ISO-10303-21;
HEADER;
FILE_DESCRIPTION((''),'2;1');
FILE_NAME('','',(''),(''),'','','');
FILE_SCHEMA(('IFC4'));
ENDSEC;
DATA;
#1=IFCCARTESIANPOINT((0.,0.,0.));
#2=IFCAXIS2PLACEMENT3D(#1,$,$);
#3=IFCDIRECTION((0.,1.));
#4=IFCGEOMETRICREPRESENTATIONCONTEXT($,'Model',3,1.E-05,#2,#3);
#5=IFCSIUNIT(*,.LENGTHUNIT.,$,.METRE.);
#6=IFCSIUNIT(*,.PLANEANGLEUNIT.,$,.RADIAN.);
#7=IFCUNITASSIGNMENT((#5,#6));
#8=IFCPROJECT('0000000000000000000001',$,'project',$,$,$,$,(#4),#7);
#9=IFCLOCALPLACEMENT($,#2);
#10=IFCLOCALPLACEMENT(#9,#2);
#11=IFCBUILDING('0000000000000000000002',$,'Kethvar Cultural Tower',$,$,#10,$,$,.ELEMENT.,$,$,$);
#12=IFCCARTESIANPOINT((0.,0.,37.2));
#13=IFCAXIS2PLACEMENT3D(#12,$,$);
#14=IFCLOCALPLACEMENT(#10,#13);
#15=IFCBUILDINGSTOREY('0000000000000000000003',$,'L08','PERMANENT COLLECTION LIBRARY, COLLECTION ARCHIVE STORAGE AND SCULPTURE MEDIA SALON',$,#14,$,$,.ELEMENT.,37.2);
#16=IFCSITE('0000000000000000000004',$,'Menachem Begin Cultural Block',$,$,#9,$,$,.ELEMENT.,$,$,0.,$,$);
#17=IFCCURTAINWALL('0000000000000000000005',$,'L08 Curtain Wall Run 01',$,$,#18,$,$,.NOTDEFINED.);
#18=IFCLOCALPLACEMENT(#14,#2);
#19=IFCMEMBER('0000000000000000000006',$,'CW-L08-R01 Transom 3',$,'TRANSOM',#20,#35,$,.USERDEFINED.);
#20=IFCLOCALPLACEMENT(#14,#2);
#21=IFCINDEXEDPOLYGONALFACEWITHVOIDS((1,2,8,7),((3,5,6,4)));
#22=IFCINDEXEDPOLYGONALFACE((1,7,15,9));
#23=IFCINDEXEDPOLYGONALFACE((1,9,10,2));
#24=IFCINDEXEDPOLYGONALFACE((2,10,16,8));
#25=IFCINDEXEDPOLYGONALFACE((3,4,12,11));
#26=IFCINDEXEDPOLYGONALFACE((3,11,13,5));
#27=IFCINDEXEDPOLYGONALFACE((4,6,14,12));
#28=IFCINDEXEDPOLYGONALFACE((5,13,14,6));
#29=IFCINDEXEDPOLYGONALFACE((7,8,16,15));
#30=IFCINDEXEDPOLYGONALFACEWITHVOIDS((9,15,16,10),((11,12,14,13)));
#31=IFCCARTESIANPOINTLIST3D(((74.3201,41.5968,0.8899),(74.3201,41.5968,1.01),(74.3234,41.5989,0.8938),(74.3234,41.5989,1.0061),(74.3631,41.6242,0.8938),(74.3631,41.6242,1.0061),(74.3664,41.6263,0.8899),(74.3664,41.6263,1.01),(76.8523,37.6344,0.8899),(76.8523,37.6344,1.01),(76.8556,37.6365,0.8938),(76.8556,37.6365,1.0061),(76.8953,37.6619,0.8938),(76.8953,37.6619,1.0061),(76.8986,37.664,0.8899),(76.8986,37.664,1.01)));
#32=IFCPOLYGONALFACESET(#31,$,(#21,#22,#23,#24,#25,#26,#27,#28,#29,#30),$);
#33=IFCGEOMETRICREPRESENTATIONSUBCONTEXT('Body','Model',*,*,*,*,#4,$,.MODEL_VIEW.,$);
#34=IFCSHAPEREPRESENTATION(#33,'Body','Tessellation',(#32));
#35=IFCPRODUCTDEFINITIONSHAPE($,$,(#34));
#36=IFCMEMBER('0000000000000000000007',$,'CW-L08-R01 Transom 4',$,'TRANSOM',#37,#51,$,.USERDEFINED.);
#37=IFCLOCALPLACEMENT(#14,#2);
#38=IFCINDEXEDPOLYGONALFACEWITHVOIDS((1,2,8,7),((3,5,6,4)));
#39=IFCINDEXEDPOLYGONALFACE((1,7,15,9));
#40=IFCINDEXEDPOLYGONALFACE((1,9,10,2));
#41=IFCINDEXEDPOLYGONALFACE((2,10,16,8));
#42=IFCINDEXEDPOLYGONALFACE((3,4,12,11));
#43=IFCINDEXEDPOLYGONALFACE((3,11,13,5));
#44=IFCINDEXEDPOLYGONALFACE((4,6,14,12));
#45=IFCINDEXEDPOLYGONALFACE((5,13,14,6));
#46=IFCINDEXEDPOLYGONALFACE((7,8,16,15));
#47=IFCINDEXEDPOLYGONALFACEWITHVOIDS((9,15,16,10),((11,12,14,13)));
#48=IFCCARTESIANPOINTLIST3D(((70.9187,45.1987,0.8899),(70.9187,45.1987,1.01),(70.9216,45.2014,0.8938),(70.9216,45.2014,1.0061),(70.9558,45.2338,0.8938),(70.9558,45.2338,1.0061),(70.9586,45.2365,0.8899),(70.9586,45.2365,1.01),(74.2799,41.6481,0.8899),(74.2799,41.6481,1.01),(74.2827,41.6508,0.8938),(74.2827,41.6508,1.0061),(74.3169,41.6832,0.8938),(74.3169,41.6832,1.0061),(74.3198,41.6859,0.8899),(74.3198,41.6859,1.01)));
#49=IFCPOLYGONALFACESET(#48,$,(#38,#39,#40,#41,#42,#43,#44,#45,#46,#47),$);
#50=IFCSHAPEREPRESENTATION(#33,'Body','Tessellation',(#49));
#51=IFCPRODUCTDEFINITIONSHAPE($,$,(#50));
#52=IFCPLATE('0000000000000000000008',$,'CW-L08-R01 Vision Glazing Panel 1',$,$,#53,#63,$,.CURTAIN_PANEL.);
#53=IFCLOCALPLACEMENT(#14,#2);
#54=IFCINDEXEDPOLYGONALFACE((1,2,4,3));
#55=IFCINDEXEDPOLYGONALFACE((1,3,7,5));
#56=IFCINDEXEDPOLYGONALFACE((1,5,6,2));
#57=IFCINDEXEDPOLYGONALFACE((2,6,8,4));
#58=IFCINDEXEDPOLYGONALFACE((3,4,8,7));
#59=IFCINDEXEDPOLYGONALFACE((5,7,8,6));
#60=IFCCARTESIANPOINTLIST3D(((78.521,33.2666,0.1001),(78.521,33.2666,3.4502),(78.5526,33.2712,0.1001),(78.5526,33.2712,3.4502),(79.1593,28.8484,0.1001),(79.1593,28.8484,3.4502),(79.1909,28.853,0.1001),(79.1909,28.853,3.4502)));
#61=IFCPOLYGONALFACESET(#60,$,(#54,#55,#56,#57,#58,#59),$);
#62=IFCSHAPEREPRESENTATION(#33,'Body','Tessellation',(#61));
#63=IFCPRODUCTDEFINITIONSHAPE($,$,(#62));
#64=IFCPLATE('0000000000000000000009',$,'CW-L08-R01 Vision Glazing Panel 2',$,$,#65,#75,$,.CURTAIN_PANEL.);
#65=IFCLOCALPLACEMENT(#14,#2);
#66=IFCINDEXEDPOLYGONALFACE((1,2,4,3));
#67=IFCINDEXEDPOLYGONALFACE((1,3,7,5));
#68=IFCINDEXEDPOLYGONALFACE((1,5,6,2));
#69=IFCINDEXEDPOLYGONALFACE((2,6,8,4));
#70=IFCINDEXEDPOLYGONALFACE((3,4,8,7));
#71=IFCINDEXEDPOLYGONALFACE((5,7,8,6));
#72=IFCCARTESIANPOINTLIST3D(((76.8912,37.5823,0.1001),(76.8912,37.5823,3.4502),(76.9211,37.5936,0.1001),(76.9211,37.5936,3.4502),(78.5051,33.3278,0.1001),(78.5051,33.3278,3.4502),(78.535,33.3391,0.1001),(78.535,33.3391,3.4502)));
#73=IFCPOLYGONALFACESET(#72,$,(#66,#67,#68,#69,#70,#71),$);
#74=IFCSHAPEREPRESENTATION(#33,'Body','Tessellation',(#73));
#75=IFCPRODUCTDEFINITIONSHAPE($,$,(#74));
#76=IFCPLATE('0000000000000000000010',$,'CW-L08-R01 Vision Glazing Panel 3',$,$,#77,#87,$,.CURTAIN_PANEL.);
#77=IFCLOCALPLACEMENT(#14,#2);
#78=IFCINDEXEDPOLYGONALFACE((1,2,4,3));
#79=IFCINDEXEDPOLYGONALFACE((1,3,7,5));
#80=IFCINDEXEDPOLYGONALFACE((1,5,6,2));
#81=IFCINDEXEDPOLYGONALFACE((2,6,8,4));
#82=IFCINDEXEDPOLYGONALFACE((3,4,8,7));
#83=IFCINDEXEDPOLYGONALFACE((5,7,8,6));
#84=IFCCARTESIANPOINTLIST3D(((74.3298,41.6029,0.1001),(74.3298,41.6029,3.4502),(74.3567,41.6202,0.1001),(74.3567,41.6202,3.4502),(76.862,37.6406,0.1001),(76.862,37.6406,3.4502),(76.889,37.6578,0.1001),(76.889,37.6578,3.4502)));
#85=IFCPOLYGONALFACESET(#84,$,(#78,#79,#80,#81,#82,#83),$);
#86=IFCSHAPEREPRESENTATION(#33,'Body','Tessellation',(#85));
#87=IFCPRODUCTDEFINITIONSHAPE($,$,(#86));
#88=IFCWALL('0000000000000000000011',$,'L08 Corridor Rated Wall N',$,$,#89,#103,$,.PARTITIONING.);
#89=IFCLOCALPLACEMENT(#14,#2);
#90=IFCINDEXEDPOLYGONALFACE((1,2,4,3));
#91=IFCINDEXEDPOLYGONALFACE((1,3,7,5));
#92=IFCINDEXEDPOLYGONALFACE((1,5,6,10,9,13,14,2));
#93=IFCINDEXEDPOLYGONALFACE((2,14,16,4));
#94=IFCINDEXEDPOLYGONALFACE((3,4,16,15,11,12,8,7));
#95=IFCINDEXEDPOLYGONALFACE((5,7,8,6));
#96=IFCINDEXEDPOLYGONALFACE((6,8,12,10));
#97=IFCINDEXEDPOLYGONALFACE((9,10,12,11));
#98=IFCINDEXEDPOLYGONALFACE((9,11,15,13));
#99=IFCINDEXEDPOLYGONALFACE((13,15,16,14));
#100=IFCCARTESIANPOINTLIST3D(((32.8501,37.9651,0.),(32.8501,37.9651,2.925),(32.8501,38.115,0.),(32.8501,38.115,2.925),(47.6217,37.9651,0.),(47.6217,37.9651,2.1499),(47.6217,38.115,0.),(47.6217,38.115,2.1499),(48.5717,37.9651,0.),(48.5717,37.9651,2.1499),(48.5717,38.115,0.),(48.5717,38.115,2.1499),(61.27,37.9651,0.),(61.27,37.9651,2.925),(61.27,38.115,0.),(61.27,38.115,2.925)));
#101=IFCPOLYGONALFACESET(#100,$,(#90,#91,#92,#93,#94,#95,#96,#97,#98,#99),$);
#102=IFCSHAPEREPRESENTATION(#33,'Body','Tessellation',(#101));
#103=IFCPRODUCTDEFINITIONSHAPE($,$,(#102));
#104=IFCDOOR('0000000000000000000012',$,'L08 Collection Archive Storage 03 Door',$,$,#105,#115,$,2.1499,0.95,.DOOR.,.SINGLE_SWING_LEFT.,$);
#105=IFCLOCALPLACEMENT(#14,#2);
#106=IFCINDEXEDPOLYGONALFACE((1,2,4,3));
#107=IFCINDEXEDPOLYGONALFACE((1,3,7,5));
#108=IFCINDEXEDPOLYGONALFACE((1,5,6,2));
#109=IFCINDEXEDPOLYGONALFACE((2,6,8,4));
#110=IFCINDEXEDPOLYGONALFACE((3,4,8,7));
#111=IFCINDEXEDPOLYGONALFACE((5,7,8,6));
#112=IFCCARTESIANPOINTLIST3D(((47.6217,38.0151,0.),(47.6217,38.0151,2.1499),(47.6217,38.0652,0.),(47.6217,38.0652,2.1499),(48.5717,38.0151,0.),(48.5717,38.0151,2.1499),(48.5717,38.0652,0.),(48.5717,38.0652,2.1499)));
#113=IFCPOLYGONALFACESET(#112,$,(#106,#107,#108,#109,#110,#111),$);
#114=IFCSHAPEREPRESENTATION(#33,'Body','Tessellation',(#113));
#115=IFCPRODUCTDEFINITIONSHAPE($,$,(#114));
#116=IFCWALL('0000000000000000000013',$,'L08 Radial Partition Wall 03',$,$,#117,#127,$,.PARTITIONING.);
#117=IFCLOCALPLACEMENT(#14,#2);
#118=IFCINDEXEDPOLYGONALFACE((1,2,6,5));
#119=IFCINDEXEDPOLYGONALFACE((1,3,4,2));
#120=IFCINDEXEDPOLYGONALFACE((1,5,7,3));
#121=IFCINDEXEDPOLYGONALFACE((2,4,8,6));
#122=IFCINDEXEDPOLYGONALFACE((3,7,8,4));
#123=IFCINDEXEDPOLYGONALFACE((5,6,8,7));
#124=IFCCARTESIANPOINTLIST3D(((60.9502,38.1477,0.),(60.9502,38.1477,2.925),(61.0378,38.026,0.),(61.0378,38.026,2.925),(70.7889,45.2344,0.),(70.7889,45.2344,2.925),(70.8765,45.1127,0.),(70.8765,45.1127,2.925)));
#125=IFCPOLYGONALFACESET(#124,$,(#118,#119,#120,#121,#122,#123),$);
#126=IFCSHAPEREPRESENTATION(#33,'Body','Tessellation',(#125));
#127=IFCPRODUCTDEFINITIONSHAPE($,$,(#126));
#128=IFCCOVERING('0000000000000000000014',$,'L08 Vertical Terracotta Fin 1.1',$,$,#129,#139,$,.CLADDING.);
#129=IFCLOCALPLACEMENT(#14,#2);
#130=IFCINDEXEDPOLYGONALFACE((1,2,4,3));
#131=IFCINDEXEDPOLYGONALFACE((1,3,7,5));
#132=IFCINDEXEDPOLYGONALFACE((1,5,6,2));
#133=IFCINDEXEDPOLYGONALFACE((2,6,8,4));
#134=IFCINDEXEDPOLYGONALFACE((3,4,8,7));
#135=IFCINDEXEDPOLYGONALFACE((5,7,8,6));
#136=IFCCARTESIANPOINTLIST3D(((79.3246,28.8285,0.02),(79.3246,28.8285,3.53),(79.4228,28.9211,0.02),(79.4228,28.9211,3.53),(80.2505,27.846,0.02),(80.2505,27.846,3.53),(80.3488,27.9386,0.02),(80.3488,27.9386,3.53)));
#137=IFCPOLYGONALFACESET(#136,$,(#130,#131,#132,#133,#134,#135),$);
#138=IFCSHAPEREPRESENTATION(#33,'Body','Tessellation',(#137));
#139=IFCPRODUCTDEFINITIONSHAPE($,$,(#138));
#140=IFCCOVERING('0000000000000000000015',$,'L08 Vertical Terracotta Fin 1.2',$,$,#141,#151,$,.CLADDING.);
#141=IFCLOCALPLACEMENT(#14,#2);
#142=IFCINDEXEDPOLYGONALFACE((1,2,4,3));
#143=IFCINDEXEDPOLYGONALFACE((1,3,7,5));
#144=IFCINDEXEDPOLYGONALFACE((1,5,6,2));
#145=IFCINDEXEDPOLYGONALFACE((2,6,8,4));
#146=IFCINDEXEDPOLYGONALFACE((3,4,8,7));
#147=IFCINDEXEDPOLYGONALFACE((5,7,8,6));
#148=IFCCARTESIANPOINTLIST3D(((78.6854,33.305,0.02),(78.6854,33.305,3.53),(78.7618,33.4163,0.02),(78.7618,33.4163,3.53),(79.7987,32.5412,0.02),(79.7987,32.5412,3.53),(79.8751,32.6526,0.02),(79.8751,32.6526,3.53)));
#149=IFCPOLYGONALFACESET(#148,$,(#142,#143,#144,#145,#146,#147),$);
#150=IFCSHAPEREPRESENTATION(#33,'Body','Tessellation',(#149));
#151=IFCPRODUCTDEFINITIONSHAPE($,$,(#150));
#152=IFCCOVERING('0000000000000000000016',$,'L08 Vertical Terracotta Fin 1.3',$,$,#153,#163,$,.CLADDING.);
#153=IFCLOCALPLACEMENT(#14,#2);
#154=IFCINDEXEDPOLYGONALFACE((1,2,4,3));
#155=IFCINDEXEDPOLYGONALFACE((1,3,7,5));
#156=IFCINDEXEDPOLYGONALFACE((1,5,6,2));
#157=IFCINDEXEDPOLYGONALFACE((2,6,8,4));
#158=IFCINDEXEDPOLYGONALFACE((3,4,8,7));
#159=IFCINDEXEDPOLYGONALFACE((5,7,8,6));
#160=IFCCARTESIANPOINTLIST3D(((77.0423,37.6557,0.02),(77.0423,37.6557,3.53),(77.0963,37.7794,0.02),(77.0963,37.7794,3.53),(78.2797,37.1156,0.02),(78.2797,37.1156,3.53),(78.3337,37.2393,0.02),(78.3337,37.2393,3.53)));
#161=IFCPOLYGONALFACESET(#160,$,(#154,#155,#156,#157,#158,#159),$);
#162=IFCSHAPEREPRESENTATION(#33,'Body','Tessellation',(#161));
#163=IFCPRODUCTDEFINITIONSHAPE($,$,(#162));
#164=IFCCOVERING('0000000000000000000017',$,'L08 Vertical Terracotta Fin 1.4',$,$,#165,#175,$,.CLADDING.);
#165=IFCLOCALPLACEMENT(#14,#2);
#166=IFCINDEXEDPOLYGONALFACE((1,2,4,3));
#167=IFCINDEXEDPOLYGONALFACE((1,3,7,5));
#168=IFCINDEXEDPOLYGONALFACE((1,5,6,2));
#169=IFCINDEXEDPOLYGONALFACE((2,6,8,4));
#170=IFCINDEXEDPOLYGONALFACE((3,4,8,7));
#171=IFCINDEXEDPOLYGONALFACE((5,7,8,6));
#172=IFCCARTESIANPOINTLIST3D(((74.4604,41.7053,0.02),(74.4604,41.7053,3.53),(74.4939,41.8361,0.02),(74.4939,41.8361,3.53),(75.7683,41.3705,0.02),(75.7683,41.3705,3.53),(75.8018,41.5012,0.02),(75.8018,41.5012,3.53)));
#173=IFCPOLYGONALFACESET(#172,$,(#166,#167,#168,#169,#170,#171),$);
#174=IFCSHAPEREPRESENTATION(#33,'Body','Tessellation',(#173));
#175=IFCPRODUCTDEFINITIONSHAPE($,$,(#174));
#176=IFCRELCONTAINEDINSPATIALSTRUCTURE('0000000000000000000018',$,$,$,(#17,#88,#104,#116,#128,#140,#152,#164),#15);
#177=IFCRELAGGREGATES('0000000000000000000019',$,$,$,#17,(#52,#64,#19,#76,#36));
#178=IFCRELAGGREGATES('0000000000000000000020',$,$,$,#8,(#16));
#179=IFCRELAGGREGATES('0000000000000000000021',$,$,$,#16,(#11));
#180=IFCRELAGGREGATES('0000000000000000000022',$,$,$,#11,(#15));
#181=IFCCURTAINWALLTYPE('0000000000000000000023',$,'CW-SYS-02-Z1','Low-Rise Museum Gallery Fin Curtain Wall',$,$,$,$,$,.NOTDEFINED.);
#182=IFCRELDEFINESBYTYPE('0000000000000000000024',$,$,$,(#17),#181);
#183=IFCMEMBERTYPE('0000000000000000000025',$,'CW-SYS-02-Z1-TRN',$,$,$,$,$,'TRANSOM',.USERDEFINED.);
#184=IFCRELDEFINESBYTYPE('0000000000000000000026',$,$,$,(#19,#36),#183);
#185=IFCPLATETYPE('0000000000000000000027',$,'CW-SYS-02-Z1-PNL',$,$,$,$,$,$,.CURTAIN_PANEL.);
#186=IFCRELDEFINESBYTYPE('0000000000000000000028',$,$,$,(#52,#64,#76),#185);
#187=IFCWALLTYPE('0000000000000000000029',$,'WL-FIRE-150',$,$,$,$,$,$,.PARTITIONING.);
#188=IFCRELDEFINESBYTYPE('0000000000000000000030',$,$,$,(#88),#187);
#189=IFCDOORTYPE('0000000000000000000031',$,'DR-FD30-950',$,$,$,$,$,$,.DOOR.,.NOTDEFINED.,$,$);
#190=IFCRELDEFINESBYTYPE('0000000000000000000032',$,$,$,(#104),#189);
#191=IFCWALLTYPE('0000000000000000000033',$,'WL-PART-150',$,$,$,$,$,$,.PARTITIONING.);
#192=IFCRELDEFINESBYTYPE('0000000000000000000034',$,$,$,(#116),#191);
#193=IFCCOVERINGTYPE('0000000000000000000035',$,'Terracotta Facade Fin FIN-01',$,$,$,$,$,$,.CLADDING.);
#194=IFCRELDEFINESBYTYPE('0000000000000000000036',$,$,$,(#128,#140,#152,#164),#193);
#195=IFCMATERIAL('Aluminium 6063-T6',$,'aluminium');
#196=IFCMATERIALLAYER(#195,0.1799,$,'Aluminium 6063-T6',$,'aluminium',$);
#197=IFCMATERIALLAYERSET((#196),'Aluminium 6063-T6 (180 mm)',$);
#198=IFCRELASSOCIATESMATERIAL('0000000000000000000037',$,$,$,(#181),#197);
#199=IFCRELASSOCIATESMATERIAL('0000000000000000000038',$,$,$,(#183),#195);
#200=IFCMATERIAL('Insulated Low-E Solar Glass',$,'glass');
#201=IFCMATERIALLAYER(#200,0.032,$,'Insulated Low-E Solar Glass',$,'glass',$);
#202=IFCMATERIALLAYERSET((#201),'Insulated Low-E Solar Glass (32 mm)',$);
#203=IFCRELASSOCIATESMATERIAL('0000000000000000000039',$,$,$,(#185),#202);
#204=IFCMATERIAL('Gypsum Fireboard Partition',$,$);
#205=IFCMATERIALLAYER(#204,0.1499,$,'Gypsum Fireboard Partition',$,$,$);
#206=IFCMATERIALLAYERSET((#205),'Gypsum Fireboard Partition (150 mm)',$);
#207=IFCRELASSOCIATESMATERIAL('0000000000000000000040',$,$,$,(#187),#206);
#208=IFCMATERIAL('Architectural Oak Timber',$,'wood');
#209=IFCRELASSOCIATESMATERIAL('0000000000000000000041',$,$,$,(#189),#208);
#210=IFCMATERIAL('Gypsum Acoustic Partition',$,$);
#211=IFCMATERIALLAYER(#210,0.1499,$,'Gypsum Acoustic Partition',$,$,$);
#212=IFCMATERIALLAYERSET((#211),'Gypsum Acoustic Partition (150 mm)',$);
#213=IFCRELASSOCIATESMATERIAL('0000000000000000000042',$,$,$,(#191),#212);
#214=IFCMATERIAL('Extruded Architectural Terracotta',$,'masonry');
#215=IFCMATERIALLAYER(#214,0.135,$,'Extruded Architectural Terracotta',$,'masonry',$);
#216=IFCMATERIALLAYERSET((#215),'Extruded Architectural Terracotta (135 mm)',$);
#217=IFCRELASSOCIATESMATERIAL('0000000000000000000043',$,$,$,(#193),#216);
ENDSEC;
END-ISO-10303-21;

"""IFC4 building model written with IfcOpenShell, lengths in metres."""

from ifc_helpers import new_model, si_unit, direction, frame, frame_2d, origin, origin_2d, place, context, subcontext, project, spatial, rectangle, hollow_rectangle, extrude, source, transform, mapped, material, layer, layer_set, material_profile, profile_set, type_object, element, fill, aggregate, save


model = new_model("IFC4")

# Units and contexts
model_context = context("Model", 3, precision=1e-05, world=origin(), true_north=direction((0.0, 1.0)))
body_context = subcontext(model_context, "Body", "Model", "MODEL_VIEW")
ifc_project = project(units=[si_unit("LENGTHUNIT", "METRE"), si_unit("PLANEANGLEUNIT", "RADIAN")], contexts=[model_context])

# Site, building, storey
site_placement = place(None, origin())
site = spatial("IfcSite", under=ifc_project, at=site_placement, Name="Menachem Begin Cultural Block", CompositionType="ELEMENT", RefElevation=0.0)
building_placement = place(site_placement, origin())
building = spatial("IfcBuilding", under=site, at=building_placement, Name="Kethvar Cultural Tower", CompositionType="ELEMENT")
storey_placement = place(building_placement, frame((0.0, 0.0, 37.2)))
storey = spatial("IfcBuildingStorey", under=building, at=storey_placement, Name="L08", Description="PERMANENT COLLECTION LIBRARY, COLLECTION ARCHIVE STORAGE AND SCULPTURE MEDIA SALON", CompositionType="ELEMENT", Elevation=37.2)

# Curtain wall
ifc_material_1 = material(Name="Aluminium 6063-T6", Category="aluminium")
ifc_layer_1 = layer(ifc_material_1, 0.1799, Name="Aluminium 6063-T6", Category="aluminium")
ifc_layer_set_1 = layer_set([ifc_layer_1], Name="Aluminium 6063-T6 (180 mm)")
curtain_wall_type = type_object("IfcCurtainWallType", Name="CW-SYS-02-Z1", Description="Low-Rise Museum Gallery Fin Curtain Wall", PredefinedType="NOTDEFINED", material=ifc_layer_set_1)
curtain_wall_1_placement = place(storey_placement, origin())
curtain_wall_1 = element("IfcCurtainWall", 1, at=curtain_wall_1_placement, inside=storey, type_object=curtain_wall_type, Name="L08 Curtain Wall Run 01", PredefinedType="NOTDEFINED")

# Members
ifc_material_profile_1 = material_profile(ifc_material_1, hollow_rectangle(XDim=0.0549, YDim=0.1201, WallThickness=0.0039, at=origin_2d()), Name="Aluminium 6063-T6 — RHS120x55x4")
ifc_profile_set_1 = profile_set([ifc_material_profile_1], Name="Aluminium 6063-T6 — RHS120x55x4")
member_type_1 = type_object("IfcMemberType", Name="CW-SYS-02-Z1-TRN", ElementType="TRANSOM", PredefinedType="USERDEFINED", material=ifc_profile_set_1)
shared_shape_1 = source(origin(), body_context, "Body", "SweptSolid", [
    extrude(hollow_rectangle(XDim=0.0549, YDim=0.1201, WallThickness=0.0039, at=origin_2d()), origin(), (0.0, 0.0, 1.0), 4.7024),
])
member_1_placement = place(storey_placement, frame((76.8755, 37.6492, 0.95), z_axis=(-0.538494, 0.84263, 0.0), x_axis=(-0.84263, -0.538494, 0.0)))
member_1 = element("IfcMember", 2, at=member_1_placement, type_object=member_type_1, Name="CW-L08-R01 Transom 3", ObjectType="TRANSOM", PredefinedType="USERDEFINED", context=body_context, shape_type="MappedRepresentation", body=[
    mapped(shared_shape_1, transform((0.0, 0.0, 0.0), scale=1.0)),
])
shared_shape_2 = source(origin(), body_context, "Body", "SweptSolid", [
    extrude(hollow_rectangle(XDim=0.0549, YDim=0.1201, WallThickness=0.0039, at=origin_2d()), origin(), (0.0, 0.0, 1.0), 4.8892),
])
member_2_placement = place(storey_placement, frame((74.2998, 41.667, 0.95), z_axis=(-0.687466, 0.726216, 0.0), x_axis=(-0.726216, -0.687466, 0.0)))
member_2 = element("IfcMember", 3, at=member_2_placement, type_object=member_type_1, Name="CW-L08-R01 Transom 4", ObjectType="TRANSOM", PredefinedType="USERDEFINED", context=body_context, shape_type="MappedRepresentation", body=[
    mapped(shared_shape_2, transform((0.0, 0.0, 0.0), scale=1.0)),
])

# Plates
ifc_material_2 = material(Name="Insulated Low-E Solar Glass", Category="glass")
ifc_layer_2 = layer(ifc_material_2, 0.032, Name="Insulated Low-E Solar Glass", Category="glass")
ifc_layer_set_2 = layer_set([ifc_layer_2], Name="Insulated Low-E Solar Glass (32 mm)")
plate_type = type_object("IfcPlateType", Name="CW-SYS-02-Z1-PNL", PredefinedType="CURTAIN_PANEL", material=ifc_layer_set_2)
shared_shape_3 = source(origin(), body_context, "Body", "SweptSolid", [
    extrude(rectangle(XDim=4.4641, YDim=0.032, at=origin_2d()), origin(), (0.0, 0.0, 1.0), 3.3501),
])
plate_1_placement = place(storey_placement, frame((78.856, 31.0598, 0.1001), z_axis=(0.0, 0.0, 1.0), x_axis=(-0.142992, 0.989724, 0.0)))
plate_1 = element("IfcPlate", 4, at=plate_1_placement, type_object=plate_type, Name="CW-L08-R01 Vision Glazing Panel 1", PredefinedType="CURTAIN_PANEL", context=body_context, shape_type="MappedRepresentation", body=[
    mapped(shared_shape_3, transform((0.0, 0.0, 0.0), scale=1.0)),
])
shared_shape_4 = source(origin(), body_context, "Body", "SweptSolid", [
    extrude(rectangle(XDim=4.5503, YDim=0.032, at=origin_2d()), origin(), (0.0, 0.0, 1.0), 3.3501),
])
plate_2_placement = place(storey_placement, frame((77.7131, 35.4607, 0.1001), z_axis=(0.0, 0.0, 1.0), x_axis=(-0.354683, 0.934987, 0.0)))
plate_2 = element("IfcPlate", 5, at=plate_2_placement, type_object=plate_type, Name="CW-L08-R01 Vision Glazing Panel 2", PredefinedType="CURTAIN_PANEL", context=body_context, shape_type="MappedRepresentation", body=[
    mapped(shared_shape_4, transform((0.0, 0.0, 0.0), scale=1.0)),
])
shared_shape_5 = source(origin(), body_context, "Body", "SweptSolid", [
    extrude(rectangle(XDim=4.7024, YDim=0.032, at=origin_2d()), origin(), (0.0, 0.0, 1.0), 3.3501),
])
plate_3_placement = place(storey_placement, frame((75.6094, 39.6304, 0.1001), z_axis=(0.0, 0.0, 1.0), x_axis=(-0.538506, 0.842622, 0.0)))
plate_3 = element("IfcPlate", 6, at=plate_3_placement, type_object=plate_type, Name="CW-L08-R01 Vision Glazing Panel 3", PredefinedType="CURTAIN_PANEL", context=body_context, shape_type="MappedRepresentation", body=[
    mapped(shared_shape_5, transform((0.0, 0.0, 0.0), scale=1.0)),
])
aggregate(curtain_wall_1, [plate_1, plate_2, member_1, plate_3, member_2])

# Wall, opening, door
ifc_material_3 = material(Name="Gypsum Fireboard Partition")
ifc_layer_3 = layer(ifc_material_3, 0.1499, Name="Gypsum Fireboard Partition")
ifc_layer_set_3 = layer_set([ifc_layer_3], Name="Gypsum Fireboard Partition (150 mm)")
wall_type_1 = type_object("IfcWallType", Name="WL-FIRE-150", PredefinedType="PARTITIONING", material=ifc_layer_set_3)
wall_1_placement = place(storey_placement, frame((61.27, 38.04, 0.0), z_axis=(0.0, 0.0, 1.0), x_axis=(-1.0, 0.0, 0.0)))
wall_1 = element("IfcWall", 7, at=wall_1_placement, inside=storey, type_object=wall_type_1, Name="L08 Corridor Rated Wall N", PredefinedType="PARTITIONING", context=body_context, shape_type="SweptSolid", body=[
    extrude(rectangle(XDim=28.4199, YDim=0.1499, at=frame_2d((14.21, 0.0))), origin(), (0.0, 0.0, 1.0), 2.925),
])
opening_placement = place(wall_1_placement, frame((12.6982, 0.0, 0.0)))
opening = element("IfcOpeningElement", 8, at=opening_placement, cuts=wall_1, PredefinedType="OPENING", context=body_context, shape_type="SweptSolid", body=[
    extrude(rectangle(XDim=0.95, YDim=2.1499, at=frame_2d((0.4751, 1.075))), frame((0.0, 0.085, 0.0), z_axis=(0.0, -1.0, 0.0), x_axis=(1.0, 0.0, 0.0)), (0.0, 0.0, 1.0), 0.1699),
])
ifc_material_4 = material(Name="Architectural Oak Timber", Category="wood")
door_type = type_object("IfcDoorType", Name="DR-FD30-950", OperationType="NOTDEFINED", PredefinedType="DOOR", material=ifc_material_4)
shared_shape_6 = source(origin(), body_context, "Body", "SweptSolid", [
    extrude(rectangle(XDim=0.95, YDim=2.1499, at=frame_2d((0.4751, 1.075))), frame((0.0, 0.0249, 0.0), z_axis=(0.0, -1.0, 0.0), x_axis=(1.0, 0.0, 0.0)), (0.0, 0.0, 1.0), 0.05),
])
door_placement = place(opening_placement, origin())
door = element("IfcDoor", 9, at=door_placement, inside=storey, type_object=door_type, Name="L08 Collection Archive Storage 03 Door", OperationType="SINGLE_SWING_LEFT", OverallHeight=2.1499, OverallWidth=0.95, PredefinedType="DOOR", context=body_context, shape_type="MappedRepresentation", body=[
    mapped(shared_shape_6, transform((0.0, 0.0, 0.0), scale=1.0)),
])
fill(opening, door)

# Wall
ifc_material_5 = material(Name="Gypsum Acoustic Partition")
ifc_layer_4 = layer(ifc_material_5, 0.1499, Name="Gypsum Acoustic Partition")
ifc_layer_set_4 = layer_set([ifc_layer_4], Name="Gypsum Acoustic Partition (150 mm)")
wall_type_2 = type_object("IfcWallType", Name="WL-PART-150", PredefinedType="PARTITIONING", material=ifc_layer_set_4)
wall_2_placement = place(storey_placement, frame((60.9941, 38.0869, 0.0), z_axis=(0.0, 0.0, 1.0), x_axis=(0.811422, 0.58446, 0.0)))
element("IfcWall", 10, at=wall_2_placement, inside=storey, type_object=wall_type_2, Name="L08 Radial Partition Wall 03", PredefinedType="PARTITIONING", context=body_context, shape_type="SweptSolid", body=[
    extrude(rectangle(XDim=12.1252, YDim=0.1499, at=frame_2d((6.0625, 0.0))), origin(), (0.0, 0.0, 1.0), 2.925),
])

# Coverings
ifc_material_6 = material(Name="Extruded Architectural Terracotta", Category="masonry")
ifc_layer_5 = layer(ifc_material_6, 0.135, Name="Extruded Architectural Terracotta", Category="masonry")
ifc_layer_set_5 = layer_set([ifc_layer_5], Name="Extruded Architectural Terracotta (135 mm)")
covering_type = type_object("IfcCoveringType", Name="Terracotta Facade Fin FIN-01", PredefinedType="CLADDING", material=ifc_layer_set_5)
shared_shape_7 = source(origin(), body_context, "Body", "SweptSolid", [
    extrude(rectangle(XDim=1.3501, YDim=0.135, at=origin_2d()), origin(), (0.0, 0.0, 1.0), 3.51),
])
for number, where, z_axis, x_axis, name in (
    (11, (79.8367, 28.3835, 0.02), (0.0, 0.0, 1.0), (0.685818, -0.727773, 0.0), "L08 Vertical Terracotta Fin 1.1"),
    (12, (79.2803, 32.9788, 0.02), (0.0, 0.0, 1.0), (0.82462, -0.565687, 0.0), "L08 Vertical Terracotta Fin 1.2"),
    (13, (77.688, 37.4475, 0.02), (0.0, 0.0, 1.0), (0.916502, -0.400029, 0.0), "L08 Vertical Terracotta Fin 1.3"),
    (14, (75.1311, 41.6033, 0.02), (0.0, 0.0, 1.0), (0.968757, -0.248014, 0.0), "L08 Vertical Terracotta Fin 1.4"),
):
    element("IfcCovering", number, at=place(storey_placement, frame(where, z_axis=z_axis, x_axis=x_axis)), inside=storey, type_object=covering_type, Name=name, PredefinedType="CLADDING", context=body_context, shape_type="MappedRepresentation", body=[
        mapped(shared_shape_7, transform((0.0, 0.0, 0.0), scale=1.0)),
    ])

save(model, "model.ifc")
